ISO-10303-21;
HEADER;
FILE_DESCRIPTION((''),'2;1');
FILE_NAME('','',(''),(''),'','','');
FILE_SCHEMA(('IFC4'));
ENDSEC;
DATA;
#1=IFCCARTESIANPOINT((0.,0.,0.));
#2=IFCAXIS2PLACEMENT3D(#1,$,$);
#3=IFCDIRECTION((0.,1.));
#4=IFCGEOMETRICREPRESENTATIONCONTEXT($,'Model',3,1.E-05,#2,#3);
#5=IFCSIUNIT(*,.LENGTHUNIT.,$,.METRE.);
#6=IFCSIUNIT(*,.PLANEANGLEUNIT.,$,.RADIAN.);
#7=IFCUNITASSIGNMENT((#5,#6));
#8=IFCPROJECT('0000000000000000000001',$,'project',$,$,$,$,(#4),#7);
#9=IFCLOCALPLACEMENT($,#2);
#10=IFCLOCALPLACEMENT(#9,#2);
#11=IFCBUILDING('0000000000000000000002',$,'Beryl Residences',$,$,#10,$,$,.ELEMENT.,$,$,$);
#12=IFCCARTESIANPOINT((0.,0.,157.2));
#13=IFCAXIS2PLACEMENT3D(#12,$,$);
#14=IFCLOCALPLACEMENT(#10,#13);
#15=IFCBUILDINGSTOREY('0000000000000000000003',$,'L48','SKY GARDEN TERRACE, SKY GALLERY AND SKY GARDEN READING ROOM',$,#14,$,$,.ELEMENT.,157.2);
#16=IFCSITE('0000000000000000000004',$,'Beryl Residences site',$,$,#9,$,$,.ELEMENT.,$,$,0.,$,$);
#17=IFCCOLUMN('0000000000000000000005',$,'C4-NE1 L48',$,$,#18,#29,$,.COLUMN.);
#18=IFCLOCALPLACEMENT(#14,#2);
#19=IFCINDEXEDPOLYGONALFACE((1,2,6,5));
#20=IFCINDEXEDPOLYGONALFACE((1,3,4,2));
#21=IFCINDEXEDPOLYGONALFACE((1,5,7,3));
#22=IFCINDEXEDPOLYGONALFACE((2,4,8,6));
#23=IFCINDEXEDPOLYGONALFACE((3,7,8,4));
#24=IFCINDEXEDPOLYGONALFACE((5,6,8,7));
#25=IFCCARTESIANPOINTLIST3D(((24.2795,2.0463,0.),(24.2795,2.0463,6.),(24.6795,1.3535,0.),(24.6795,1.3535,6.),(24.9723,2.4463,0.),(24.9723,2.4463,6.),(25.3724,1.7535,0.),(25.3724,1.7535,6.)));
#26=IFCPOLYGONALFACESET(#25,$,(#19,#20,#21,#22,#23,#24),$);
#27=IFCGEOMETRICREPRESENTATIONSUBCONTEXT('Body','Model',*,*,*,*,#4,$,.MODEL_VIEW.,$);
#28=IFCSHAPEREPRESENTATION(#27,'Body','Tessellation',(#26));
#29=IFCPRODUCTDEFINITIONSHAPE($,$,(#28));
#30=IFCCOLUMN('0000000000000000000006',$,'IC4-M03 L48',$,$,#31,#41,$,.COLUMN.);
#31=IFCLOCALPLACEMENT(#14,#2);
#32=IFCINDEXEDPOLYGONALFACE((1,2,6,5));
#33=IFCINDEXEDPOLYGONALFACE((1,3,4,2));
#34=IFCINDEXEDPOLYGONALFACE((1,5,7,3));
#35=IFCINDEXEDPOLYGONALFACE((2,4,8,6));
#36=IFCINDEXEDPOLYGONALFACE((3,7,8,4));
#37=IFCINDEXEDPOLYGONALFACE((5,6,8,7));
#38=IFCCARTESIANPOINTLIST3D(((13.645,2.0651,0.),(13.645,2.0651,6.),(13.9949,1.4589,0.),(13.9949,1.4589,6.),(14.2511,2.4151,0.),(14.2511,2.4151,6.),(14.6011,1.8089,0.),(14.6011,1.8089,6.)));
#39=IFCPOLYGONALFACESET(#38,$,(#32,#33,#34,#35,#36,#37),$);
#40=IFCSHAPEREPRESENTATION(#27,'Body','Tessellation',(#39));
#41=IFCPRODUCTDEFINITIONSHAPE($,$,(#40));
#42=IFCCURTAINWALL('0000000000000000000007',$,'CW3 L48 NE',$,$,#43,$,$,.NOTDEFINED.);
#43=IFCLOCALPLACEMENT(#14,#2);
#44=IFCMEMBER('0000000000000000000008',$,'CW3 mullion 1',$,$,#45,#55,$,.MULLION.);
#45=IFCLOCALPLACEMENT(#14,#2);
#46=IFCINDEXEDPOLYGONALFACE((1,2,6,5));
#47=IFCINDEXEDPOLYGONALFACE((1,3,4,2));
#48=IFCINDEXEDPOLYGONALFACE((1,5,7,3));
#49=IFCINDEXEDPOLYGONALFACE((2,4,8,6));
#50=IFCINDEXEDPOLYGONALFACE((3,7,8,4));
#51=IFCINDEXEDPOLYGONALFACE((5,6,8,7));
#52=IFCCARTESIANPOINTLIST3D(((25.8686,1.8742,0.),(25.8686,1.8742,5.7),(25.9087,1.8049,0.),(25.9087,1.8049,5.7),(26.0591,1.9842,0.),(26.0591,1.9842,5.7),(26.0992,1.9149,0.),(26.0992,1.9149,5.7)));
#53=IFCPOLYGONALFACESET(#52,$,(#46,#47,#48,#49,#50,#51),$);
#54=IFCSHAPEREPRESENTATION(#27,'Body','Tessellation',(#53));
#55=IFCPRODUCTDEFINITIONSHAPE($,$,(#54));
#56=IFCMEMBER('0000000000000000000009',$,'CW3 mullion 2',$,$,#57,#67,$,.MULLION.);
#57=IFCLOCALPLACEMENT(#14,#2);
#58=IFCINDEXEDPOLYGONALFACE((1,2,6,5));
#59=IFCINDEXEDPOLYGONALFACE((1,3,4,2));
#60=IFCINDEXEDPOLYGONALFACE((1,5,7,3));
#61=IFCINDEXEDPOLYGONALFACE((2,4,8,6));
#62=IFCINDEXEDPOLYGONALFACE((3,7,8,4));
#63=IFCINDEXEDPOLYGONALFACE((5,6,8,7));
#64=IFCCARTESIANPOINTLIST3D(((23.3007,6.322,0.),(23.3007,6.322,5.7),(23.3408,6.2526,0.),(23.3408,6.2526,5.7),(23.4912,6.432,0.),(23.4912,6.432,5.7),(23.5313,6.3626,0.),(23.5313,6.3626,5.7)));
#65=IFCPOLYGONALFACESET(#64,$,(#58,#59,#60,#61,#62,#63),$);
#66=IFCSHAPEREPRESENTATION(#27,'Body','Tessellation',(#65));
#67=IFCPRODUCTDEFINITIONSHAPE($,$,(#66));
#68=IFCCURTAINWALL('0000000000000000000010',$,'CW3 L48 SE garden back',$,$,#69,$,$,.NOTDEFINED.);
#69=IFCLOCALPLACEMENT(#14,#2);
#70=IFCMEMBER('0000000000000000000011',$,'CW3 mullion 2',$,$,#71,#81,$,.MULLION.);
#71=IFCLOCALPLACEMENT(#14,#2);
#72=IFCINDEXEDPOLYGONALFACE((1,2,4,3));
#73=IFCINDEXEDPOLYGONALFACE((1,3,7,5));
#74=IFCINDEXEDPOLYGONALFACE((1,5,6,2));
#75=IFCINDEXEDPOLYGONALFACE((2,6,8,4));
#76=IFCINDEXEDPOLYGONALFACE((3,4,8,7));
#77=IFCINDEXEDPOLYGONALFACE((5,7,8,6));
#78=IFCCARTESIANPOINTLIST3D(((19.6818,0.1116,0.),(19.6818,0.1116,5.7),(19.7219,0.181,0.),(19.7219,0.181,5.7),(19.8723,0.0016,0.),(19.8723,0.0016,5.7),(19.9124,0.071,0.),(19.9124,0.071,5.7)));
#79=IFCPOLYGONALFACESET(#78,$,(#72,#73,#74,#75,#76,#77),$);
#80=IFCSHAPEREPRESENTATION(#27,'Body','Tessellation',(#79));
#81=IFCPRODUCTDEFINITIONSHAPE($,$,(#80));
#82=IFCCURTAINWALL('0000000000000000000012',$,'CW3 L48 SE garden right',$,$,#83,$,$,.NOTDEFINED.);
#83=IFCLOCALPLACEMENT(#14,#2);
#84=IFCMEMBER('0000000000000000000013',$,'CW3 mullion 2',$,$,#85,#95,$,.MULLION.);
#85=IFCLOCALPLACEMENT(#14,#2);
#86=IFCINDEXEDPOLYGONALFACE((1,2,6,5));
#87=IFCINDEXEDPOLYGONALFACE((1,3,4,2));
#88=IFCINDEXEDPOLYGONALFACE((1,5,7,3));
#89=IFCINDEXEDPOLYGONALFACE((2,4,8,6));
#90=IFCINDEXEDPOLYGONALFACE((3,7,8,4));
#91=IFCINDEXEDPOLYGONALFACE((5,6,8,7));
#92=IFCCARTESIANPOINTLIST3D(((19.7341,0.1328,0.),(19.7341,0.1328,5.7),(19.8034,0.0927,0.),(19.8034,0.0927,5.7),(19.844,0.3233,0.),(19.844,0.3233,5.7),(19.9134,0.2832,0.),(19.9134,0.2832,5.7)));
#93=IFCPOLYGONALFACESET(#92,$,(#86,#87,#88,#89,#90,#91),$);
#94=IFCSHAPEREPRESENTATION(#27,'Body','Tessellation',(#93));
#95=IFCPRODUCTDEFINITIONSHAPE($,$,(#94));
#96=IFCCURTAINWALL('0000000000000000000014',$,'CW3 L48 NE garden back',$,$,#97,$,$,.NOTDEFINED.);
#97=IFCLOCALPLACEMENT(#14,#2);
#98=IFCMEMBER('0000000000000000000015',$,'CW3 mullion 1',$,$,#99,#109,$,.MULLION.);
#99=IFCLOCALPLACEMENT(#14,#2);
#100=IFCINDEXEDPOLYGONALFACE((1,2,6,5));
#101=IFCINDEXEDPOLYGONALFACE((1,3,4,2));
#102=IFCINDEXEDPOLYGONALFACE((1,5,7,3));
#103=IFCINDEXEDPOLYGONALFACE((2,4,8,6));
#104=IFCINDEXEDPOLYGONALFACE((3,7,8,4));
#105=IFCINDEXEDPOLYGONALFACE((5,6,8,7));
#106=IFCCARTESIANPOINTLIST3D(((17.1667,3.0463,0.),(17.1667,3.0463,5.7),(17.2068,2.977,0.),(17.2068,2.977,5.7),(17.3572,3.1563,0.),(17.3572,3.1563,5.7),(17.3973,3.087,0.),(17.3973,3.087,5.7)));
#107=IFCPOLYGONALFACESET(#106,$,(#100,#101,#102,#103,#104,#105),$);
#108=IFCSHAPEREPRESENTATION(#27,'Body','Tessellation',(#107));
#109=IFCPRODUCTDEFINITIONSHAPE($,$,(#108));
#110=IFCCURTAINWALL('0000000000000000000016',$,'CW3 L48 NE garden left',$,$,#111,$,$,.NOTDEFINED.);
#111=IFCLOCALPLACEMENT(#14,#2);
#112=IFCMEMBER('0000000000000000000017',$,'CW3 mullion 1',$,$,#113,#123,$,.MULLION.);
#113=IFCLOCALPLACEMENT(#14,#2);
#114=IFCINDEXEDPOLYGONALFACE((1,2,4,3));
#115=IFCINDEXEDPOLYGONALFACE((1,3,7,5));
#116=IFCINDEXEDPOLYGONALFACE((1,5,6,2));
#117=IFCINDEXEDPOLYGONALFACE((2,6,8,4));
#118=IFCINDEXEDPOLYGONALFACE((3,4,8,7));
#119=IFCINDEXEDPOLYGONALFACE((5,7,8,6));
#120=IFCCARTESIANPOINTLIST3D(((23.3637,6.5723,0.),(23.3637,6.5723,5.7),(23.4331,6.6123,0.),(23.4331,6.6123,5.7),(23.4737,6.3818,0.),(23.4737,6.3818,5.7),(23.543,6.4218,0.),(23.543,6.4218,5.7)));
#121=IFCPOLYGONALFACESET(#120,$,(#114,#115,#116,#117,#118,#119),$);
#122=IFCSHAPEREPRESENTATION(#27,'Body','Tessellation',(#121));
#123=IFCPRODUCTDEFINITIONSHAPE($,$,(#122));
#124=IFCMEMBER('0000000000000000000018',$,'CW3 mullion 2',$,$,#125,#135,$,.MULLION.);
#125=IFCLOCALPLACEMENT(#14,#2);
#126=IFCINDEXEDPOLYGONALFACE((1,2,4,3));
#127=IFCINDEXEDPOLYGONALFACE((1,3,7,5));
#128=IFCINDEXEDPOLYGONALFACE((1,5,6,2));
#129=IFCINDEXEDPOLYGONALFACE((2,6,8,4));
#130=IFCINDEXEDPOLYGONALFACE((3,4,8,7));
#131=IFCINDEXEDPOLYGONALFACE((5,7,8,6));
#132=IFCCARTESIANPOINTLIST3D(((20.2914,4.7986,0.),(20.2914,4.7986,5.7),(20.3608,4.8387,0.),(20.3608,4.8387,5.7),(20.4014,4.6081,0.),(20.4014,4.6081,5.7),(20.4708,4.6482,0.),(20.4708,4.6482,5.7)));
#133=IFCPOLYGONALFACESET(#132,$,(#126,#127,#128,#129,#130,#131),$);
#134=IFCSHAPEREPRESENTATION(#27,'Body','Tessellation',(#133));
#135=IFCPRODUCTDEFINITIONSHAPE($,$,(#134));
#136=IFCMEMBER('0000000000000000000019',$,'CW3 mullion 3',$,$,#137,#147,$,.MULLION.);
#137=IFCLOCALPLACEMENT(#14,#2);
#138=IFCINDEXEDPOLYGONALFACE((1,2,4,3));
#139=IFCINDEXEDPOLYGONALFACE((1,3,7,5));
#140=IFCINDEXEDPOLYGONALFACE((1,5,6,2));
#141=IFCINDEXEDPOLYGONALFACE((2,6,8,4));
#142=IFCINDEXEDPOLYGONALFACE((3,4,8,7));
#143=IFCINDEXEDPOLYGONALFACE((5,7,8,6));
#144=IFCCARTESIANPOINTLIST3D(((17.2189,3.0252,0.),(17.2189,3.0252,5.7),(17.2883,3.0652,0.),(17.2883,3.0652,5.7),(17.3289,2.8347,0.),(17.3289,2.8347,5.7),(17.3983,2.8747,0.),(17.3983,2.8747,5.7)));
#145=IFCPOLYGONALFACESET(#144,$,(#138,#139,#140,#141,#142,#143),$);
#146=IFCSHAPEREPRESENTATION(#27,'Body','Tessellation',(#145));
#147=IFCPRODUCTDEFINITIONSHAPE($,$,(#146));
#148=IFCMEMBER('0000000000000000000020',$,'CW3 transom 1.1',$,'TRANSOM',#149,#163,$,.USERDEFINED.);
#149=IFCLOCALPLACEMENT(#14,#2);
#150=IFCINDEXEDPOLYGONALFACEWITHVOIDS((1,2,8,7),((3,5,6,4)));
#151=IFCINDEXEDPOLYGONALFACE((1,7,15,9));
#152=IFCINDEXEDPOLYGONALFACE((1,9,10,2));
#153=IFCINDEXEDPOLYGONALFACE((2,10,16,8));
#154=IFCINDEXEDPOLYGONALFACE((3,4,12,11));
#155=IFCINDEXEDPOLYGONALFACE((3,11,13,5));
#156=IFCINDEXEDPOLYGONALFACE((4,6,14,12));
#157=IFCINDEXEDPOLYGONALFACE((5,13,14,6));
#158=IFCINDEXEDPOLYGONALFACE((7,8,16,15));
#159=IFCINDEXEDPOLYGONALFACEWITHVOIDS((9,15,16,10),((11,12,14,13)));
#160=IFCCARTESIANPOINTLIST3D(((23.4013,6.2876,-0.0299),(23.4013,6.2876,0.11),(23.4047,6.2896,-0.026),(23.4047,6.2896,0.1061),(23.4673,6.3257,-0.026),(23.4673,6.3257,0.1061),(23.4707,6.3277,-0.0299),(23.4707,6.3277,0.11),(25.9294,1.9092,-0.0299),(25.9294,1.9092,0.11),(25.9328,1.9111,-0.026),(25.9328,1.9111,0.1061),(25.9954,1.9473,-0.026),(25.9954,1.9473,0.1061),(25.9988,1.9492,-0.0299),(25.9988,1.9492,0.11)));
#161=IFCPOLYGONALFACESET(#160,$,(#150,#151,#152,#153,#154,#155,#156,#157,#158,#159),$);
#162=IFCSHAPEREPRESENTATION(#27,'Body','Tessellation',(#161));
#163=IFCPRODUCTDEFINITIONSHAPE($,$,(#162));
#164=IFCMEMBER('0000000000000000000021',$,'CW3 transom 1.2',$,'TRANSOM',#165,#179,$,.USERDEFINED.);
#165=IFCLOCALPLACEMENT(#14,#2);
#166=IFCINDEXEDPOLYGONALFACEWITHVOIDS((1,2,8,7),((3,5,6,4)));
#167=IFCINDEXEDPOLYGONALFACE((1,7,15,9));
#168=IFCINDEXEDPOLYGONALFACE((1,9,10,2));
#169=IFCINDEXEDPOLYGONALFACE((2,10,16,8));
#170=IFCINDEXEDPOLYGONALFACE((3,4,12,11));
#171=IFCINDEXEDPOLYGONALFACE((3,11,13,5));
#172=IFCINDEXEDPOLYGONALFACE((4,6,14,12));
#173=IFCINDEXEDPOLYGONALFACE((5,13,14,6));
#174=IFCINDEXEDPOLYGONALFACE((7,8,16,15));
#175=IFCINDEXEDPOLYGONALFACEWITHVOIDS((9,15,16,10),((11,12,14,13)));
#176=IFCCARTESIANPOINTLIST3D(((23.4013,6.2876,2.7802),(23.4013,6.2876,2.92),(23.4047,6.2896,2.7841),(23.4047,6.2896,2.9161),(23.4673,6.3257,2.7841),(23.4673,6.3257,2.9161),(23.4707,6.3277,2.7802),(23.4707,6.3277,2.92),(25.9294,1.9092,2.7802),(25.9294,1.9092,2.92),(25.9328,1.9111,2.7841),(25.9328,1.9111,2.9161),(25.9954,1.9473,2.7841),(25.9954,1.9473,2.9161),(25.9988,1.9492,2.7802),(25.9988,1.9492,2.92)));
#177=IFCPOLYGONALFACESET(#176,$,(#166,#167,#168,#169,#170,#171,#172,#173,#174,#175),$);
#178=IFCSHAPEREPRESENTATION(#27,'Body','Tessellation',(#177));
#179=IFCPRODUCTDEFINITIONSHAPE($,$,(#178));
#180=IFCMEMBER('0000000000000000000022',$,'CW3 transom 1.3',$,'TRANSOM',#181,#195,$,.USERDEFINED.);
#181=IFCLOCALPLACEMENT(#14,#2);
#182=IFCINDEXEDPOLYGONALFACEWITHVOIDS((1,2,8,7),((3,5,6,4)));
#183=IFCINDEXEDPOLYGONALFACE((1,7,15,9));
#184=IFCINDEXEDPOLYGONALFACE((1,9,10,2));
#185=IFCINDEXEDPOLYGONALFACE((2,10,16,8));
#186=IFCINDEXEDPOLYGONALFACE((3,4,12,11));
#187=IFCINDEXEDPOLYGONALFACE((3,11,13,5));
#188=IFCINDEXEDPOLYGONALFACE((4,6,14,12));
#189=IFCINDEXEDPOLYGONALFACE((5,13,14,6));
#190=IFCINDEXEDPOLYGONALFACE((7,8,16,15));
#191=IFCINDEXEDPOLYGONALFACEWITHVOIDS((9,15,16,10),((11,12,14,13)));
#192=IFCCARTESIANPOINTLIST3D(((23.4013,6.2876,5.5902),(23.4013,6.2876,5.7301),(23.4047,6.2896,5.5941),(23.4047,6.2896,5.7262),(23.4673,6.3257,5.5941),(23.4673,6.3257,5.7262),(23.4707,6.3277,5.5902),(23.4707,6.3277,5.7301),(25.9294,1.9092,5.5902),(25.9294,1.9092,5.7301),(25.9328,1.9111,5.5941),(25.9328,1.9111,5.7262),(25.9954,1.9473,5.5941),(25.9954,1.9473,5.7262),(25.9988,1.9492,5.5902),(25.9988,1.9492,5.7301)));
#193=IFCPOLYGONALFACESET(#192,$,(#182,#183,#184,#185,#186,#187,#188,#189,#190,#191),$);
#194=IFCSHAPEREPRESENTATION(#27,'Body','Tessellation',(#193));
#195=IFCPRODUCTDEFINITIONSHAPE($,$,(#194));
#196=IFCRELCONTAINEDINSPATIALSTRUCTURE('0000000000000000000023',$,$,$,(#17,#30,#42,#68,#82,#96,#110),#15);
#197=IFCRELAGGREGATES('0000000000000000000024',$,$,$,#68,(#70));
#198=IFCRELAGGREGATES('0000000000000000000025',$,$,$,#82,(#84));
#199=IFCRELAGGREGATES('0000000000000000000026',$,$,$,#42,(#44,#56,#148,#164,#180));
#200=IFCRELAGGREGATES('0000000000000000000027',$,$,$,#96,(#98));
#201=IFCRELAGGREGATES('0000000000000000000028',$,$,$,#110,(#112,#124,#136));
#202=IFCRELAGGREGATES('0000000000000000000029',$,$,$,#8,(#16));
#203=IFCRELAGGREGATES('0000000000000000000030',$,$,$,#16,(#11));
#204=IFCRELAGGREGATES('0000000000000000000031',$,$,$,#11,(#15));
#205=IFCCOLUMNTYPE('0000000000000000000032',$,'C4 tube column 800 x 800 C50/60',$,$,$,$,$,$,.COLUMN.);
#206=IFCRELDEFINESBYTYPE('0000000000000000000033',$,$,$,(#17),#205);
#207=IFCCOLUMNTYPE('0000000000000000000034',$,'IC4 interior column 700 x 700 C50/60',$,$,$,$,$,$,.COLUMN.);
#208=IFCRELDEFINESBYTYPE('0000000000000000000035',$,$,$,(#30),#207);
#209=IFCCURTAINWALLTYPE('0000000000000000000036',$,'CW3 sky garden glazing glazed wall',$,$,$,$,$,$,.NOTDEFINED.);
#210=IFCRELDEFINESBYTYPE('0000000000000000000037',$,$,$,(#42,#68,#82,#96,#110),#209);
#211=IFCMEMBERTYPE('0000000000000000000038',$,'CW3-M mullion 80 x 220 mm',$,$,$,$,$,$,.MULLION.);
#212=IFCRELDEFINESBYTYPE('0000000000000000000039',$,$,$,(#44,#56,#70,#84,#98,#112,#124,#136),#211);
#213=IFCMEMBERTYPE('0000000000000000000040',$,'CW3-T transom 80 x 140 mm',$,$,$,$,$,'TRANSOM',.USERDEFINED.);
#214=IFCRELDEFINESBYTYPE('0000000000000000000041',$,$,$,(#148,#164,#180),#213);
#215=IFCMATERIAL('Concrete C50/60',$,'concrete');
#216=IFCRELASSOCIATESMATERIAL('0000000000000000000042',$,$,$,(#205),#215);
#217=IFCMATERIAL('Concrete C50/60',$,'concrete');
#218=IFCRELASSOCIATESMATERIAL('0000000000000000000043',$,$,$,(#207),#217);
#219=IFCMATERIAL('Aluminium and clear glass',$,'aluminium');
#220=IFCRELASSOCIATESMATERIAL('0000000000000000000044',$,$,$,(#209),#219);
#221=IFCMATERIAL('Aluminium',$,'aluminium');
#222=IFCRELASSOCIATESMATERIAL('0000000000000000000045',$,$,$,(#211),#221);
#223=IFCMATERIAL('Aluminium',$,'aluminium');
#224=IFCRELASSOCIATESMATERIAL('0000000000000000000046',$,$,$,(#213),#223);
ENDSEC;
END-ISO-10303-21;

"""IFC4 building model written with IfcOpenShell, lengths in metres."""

from ifc_helpers import new_model, si_unit, direction, frame, origin, origin_2d, place, context, subcontext, project, spatial, rectangle, hollow_rectangle, extrude, material, material_profile, profile_set, type_object, element, aggregate, save


model = new_model("IFC4")

# Units and contexts
model_context = context("Model", 3, precision=1e-05, world=origin(), true_north=direction((0.0, 1.0)))
body_context = subcontext(model_context, "Body", "Model", "MODEL_VIEW")
ifc_project = project(units=[si_unit("LENGTHUNIT", "METRE"), si_unit("PLANEANGLEUNIT", "RADIAN")], contexts=[model_context])

# Site, building, storey
site_placement = place(None, origin())
site = spatial("IfcSite", under=ifc_project, at=site_placement, Name="Beryl Residences site", CompositionType="ELEMENT", RefElevation=0.0)
building_placement = place(site_placement, origin())
building = spatial("IfcBuilding", under=site, at=building_placement, Name="Beryl Residences", CompositionType="ELEMENT")
storey_placement = place(building_placement, frame((0.0, 0.0, 157.2)))
storey = spatial("IfcBuildingStorey", under=building, at=storey_placement, Name="L48", Description="SKY GARDEN TERRACE, SKY GALLERY AND SKY GARDEN READING ROOM", CompositionType="ELEMENT", Elevation=157.2)

# Columns
ifc_material_1 = material(Name="Concrete C50/60", Category="concrete")
ifc_material_profile_1 = material_profile(ifc_material_1, rectangle(XDim=0.8, YDim=0.8, at=origin_2d()))
ifc_profile_set_1 = profile_set([ifc_material_profile_1], Name="Concrete C50/60")
column_type_1 = type_object("IfcColumnType", Name="C4 tube column 800 x 800 C50/60", PredefinedType="COLUMN", material=ifc_profile_set_1)
column_1_placement = place(storey_placement, frame((24.8259, 1.8999, 0.0), z_axis=(0.0, 0.0, 1.0), x_axis=(-0.5, 0.866025, 0.0)))
element("IfcColumn", 1, at=column_1_placement, inside=storey, type_object=column_type_1, Name="C4-NE1 L48", PredefinedType="COLUMN", context=body_context, shape_type="SweptSolid", body=[
    extrude(rectangle(XDim=0.8, YDim=0.8, at=origin_2d()), origin(), (0.0, 0.0, 1.0), 6.0),
])
ifc_material_2 = material(Name="Concrete C50/60", Category="concrete")
ifc_material_profile_2 = material_profile(ifc_material_2, rectangle(XDim=0.7, YDim=0.7, at=origin_2d()))
ifc_profile_set_2 = profile_set([ifc_material_profile_2], Name="Concrete C50/60")
column_type_2 = type_object("IfcColumnType", Name="IC4 interior column 700 x 700 C50/60", PredefinedType="COLUMN", material=ifc_profile_set_2)
column_2_placement = place(storey_placement, frame((14.123, 1.937, 0.0), z_axis=(0.0, 0.0, 1.0), x_axis=(-0.5, 0.866025, 0.0)))
element("IfcColumn", 2, at=column_2_placement, inside=storey, type_object=column_type_2, Name="IC4-M03 L48", PredefinedType="COLUMN", context=body_context, shape_type="SweptSolid", body=[
    extrude(rectangle(XDim=0.7, YDim=0.7, at=origin_2d()), origin(), (0.0, 0.0, 1.0), 6.0),
])

# Curtain wall, members
ifc_material_3 = material(Name="Aluminium and clear glass", Category="aluminium")
curtain_wall_type = type_object("IfcCurtainWallType", Name="CW3 sky garden glazing glazed wall", PredefinedType="NOTDEFINED", material=ifc_material_3)
curtain_wall_1_placement = place(storey_placement, origin())
curtain_wall_1 = element("IfcCurtainWall", 3, at=curtain_wall_1_placement, inside=storey, type_object=curtain_wall_type, Name="CW3 L48 NE", PredefinedType="NOTDEFINED")
ifc_material_4 = material(Name="Aluminium", Category="aluminium")
ifc_material_profile_3 = material_profile(ifc_material_4, rectangle(XDim=0.0801, YDim=0.22, at=origin_2d()))
ifc_profile_set_3 = profile_set([ifc_material_profile_3], Name="Aluminium")
member_type_1 = type_object("IfcMemberType", Name="CW3-M mullion 80 x 220 mm", PredefinedType="MULLION", material=ifc_profile_set_3)
member_1_placement = place(storey_placement, frame((25.9839, 1.8945, 0.0), z_axis=(0.0, 0.0, 1.0), x_axis=(-0.500016, 0.866016, 0.0)))
member_1 = element("IfcMember", 4, at=member_1_placement, type_object=member_type_1, Name="CW3 mullion 1", PredefinedType="MULLION", context=body_context, shape_type="SweptSolid", body=[
    extrude(rectangle(XDim=0.0801, YDim=0.22, at=origin_2d()), origin(), (0.0, 0.0, 1.0), 5.7),
])
member_2_placement = place(storey_placement, frame((23.416, 6.3423, 0.0), z_axis=(0.0, 0.0, 1.0), x_axis=(-0.500016, 0.866016, 0.0)))
member_2 = element("IfcMember", 5, at=member_2_placement, type_object=member_type_1, Name="CW3 mullion 2", PredefinedType="MULLION", context=body_context, shape_type="SweptSolid", body=[
    extrude(rectangle(XDim=0.0801, YDim=0.22, at=origin_2d()), origin(), (0.0, 0.0, 1.0), 5.7),
])

# Curtain walls, members
curtain_wall_2_placement = place(storey_placement, origin())
curtain_wall_2 = element("IfcCurtainWall", 6, at=curtain_wall_2_placement, inside=storey, type_object=curtain_wall_type, Name="CW3 L48 SE garden back", PredefinedType="NOTDEFINED")
member_3_placement = place(storey_placement, frame((19.7971, 0.0913, 0.0), z_axis=(0.0, 0.0, 1.0), x_axis=(0.500016, 0.866016, 0.0)))
member_3 = element("IfcMember", 7, at=member_3_placement, type_object=member_type_1, Name="CW3 mullion 2", PredefinedType="MULLION", context=body_context, shape_type="SweptSolid", body=[
    extrude(rectangle(XDim=0.0801, YDim=0.22, at=origin_2d()), origin(), (0.0, 0.0, 1.0), 5.7),
])
aggregate(curtain_wall_2, [member_3])
curtain_wall_3_placement = place(storey_placement, origin())
curtain_wall_3 = element("IfcCurtainWall", 8, at=curtain_wall_3_placement, inside=storey, type_object=curtain_wall_type, Name="CW3 L48 SE garden right", PredefinedType="NOTDEFINED")
member_4_placement = place(storey_placement, frame((19.8237, 0.208, 0.0), z_axis=(0.0, 0.0, 1.0), x_axis=(-0.866067, 0.499928, 0.0)))
member_4 = element("IfcMember", 9, at=member_4_placement, type_object=member_type_1, Name="CW3 mullion 2", PredefinedType="MULLION", context=body_context, shape_type="SweptSolid", body=[
    extrude(rectangle(XDim=0.0801, YDim=0.22, at=origin_2d()), origin(), (0.0, 0.0, 1.0), 5.7),
])
aggregate(curtain_wall_3, [member_4])
curtain_wall_4_placement = place(storey_placement, origin())
curtain_wall_4 = element("IfcCurtainWall", 10, at=curtain_wall_4_placement, inside=storey, type_object=curtain_wall_type, Name="CW3 L48 NE garden back", PredefinedType="NOTDEFINED")
member_5_placement = place(storey_placement, frame((17.282, 3.0667, 0.0), z_axis=(0.0, 0.0, 1.0), x_axis=(-0.50006, 0.865991, 0.0)))
member_5 = element("IfcMember", 11, at=member_5_placement, type_object=member_type_1, Name="CW3 mullion 1", PredefinedType="MULLION", context=body_context, shape_type="SweptSolid", body=[
    extrude(rectangle(XDim=0.0801, YDim=0.22, at=origin_2d()), origin(), (0.0, 0.0, 1.0), 5.7),
])

# Curtain wall, members
curtain_wall_5_placement = place(storey_placement, origin())
curtain_wall_5 = element("IfcCurtainWall", 12, at=curtain_wall_5_placement, inside=storey, type_object=curtain_wall_type, Name="CW3 L48 NE garden left", PredefinedType="NOTDEFINED")
member_6_placement = place(storey_placement, frame((23.4534, 6.4971, 0.0), z_axis=(0.0, 0.0, 1.0), x_axis=(-0.866065, -0.499932, 0.0)))
member_6 = element("IfcMember", 13, at=member_6_placement, type_object=member_type_1, Name="CW3 mullion 1", PredefinedType="MULLION", context=body_context, shape_type="SweptSolid", body=[
    extrude(rectangle(XDim=0.0801, YDim=0.22, at=origin_2d()), origin(), (0.0, 0.0, 1.0), 5.7),
])
member_7_placement = place(storey_placement, frame((20.3811, 4.7234, 0.0), z_axis=(0.0, 0.0, 1.0), x_axis=(-0.866065, -0.499932, 0.0)))
member_7 = element("IfcMember", 14, at=member_7_placement, type_object=member_type_1, Name="CW3 mullion 2", PredefinedType="MULLION", context=body_context, shape_type="SweptSolid", body=[
    extrude(rectangle(XDim=0.0801, YDim=0.22, at=origin_2d()), origin(), (0.0, 0.0, 1.0), 5.7),
])
member_8_placement = place(storey_placement, frame((17.3086, 2.95, 0.0), z_axis=(0.0, 0.0, 1.0), x_axis=(-0.866065, -0.499932, 0.0)))
member_8 = element("IfcMember", 15, at=member_8_placement, type_object=member_type_1, Name="CW3 mullion 3", PredefinedType="MULLION", context=body_context, shape_type="SweptSolid", body=[
    extrude(rectangle(XDim=0.0801, YDim=0.22, at=origin_2d()), origin(), (0.0, 0.0, 1.0), 5.7),
])

# Members
ifc_material_5 = material(Name="Aluminium", Category="aluminium")
ifc_material_profile_4 = material_profile(ifc_material_5, hollow_rectangle(XDim=0.0801, YDim=0.1399, WallThickness=0.0039, at=origin_2d()))
ifc_profile_set_4 = profile_set([ifc_material_profile_4], Name="Aluminium")
member_type_2 = type_object("IfcMemberType", Name="CW3-T transom 80 x 140 mm", ElementType="TRANSOM", PredefinedType="USERDEFINED", material=ifc_profile_set_4)
member_9_placement = place(storey_placement, frame((25.9641, 1.9292, 0.04), z_axis=(-0.500029, 0.866009, 0.0), x_axis=(-0.866009, -0.500029, 0.0)))
member_9 = element("IfcMember", 16, at=member_9_placement, type_object=member_type_2, Name="CW3 transom 1.1", ObjectType="TRANSOM", PredefinedType="USERDEFINED", context=body_context, shape_type="SweptSolid", body=[
    extrude(hollow_rectangle(XDim=0.0801, YDim=0.1399, WallThickness=0.0039, at=origin_2d()), origin(), (0.0, 0.0, 1.0), 5.0559),
])
member_10_placement = place(storey_placement, frame((25.9641, 1.9292, 2.8501), z_axis=(-0.500029, 0.866009, 0.0), x_axis=(-0.866009, -0.500029, 0.0)))
member_10 = element("IfcMember", 17, at=member_10_placement, type_object=member_type_2, Name="CW3 transom 1.2", ObjectType="TRANSOM", PredefinedType="USERDEFINED", context=body_context, shape_type="SweptSolid", body=[
    extrude(hollow_rectangle(XDim=0.0801, YDim=0.1399, WallThickness=0.0039, at=origin_2d()), origin(), (0.0, 0.0, 1.0), 5.0559),
])
member_11_placement = place(storey_placement, frame((25.9641, 1.9292, 5.6602), z_axis=(-0.500029, 0.866009, 0.0), x_axis=(-0.866009, -0.500029, 0.0)))
member_11 = element("IfcMember", 18, at=member_11_placement, type_object=member_type_2, Name="CW3 transom 1.3", ObjectType="TRANSOM", PredefinedType="USERDEFINED", context=body_context, shape_type="SweptSolid", body=[
    extrude(hollow_rectangle(XDim=0.0801, YDim=0.1399, WallThickness=0.0039, at=origin_2d()), origin(), (0.0, 0.0, 1.0), 5.0559),
])

aggregate(curtain_wall_1, [member_1, member_2, member_9, member_10, member_11])
aggregate(curtain_wall_4, [member_5])
aggregate(curtain_wall_5, [member_6, member_7, member_8])

save(model, "model.ifc")
